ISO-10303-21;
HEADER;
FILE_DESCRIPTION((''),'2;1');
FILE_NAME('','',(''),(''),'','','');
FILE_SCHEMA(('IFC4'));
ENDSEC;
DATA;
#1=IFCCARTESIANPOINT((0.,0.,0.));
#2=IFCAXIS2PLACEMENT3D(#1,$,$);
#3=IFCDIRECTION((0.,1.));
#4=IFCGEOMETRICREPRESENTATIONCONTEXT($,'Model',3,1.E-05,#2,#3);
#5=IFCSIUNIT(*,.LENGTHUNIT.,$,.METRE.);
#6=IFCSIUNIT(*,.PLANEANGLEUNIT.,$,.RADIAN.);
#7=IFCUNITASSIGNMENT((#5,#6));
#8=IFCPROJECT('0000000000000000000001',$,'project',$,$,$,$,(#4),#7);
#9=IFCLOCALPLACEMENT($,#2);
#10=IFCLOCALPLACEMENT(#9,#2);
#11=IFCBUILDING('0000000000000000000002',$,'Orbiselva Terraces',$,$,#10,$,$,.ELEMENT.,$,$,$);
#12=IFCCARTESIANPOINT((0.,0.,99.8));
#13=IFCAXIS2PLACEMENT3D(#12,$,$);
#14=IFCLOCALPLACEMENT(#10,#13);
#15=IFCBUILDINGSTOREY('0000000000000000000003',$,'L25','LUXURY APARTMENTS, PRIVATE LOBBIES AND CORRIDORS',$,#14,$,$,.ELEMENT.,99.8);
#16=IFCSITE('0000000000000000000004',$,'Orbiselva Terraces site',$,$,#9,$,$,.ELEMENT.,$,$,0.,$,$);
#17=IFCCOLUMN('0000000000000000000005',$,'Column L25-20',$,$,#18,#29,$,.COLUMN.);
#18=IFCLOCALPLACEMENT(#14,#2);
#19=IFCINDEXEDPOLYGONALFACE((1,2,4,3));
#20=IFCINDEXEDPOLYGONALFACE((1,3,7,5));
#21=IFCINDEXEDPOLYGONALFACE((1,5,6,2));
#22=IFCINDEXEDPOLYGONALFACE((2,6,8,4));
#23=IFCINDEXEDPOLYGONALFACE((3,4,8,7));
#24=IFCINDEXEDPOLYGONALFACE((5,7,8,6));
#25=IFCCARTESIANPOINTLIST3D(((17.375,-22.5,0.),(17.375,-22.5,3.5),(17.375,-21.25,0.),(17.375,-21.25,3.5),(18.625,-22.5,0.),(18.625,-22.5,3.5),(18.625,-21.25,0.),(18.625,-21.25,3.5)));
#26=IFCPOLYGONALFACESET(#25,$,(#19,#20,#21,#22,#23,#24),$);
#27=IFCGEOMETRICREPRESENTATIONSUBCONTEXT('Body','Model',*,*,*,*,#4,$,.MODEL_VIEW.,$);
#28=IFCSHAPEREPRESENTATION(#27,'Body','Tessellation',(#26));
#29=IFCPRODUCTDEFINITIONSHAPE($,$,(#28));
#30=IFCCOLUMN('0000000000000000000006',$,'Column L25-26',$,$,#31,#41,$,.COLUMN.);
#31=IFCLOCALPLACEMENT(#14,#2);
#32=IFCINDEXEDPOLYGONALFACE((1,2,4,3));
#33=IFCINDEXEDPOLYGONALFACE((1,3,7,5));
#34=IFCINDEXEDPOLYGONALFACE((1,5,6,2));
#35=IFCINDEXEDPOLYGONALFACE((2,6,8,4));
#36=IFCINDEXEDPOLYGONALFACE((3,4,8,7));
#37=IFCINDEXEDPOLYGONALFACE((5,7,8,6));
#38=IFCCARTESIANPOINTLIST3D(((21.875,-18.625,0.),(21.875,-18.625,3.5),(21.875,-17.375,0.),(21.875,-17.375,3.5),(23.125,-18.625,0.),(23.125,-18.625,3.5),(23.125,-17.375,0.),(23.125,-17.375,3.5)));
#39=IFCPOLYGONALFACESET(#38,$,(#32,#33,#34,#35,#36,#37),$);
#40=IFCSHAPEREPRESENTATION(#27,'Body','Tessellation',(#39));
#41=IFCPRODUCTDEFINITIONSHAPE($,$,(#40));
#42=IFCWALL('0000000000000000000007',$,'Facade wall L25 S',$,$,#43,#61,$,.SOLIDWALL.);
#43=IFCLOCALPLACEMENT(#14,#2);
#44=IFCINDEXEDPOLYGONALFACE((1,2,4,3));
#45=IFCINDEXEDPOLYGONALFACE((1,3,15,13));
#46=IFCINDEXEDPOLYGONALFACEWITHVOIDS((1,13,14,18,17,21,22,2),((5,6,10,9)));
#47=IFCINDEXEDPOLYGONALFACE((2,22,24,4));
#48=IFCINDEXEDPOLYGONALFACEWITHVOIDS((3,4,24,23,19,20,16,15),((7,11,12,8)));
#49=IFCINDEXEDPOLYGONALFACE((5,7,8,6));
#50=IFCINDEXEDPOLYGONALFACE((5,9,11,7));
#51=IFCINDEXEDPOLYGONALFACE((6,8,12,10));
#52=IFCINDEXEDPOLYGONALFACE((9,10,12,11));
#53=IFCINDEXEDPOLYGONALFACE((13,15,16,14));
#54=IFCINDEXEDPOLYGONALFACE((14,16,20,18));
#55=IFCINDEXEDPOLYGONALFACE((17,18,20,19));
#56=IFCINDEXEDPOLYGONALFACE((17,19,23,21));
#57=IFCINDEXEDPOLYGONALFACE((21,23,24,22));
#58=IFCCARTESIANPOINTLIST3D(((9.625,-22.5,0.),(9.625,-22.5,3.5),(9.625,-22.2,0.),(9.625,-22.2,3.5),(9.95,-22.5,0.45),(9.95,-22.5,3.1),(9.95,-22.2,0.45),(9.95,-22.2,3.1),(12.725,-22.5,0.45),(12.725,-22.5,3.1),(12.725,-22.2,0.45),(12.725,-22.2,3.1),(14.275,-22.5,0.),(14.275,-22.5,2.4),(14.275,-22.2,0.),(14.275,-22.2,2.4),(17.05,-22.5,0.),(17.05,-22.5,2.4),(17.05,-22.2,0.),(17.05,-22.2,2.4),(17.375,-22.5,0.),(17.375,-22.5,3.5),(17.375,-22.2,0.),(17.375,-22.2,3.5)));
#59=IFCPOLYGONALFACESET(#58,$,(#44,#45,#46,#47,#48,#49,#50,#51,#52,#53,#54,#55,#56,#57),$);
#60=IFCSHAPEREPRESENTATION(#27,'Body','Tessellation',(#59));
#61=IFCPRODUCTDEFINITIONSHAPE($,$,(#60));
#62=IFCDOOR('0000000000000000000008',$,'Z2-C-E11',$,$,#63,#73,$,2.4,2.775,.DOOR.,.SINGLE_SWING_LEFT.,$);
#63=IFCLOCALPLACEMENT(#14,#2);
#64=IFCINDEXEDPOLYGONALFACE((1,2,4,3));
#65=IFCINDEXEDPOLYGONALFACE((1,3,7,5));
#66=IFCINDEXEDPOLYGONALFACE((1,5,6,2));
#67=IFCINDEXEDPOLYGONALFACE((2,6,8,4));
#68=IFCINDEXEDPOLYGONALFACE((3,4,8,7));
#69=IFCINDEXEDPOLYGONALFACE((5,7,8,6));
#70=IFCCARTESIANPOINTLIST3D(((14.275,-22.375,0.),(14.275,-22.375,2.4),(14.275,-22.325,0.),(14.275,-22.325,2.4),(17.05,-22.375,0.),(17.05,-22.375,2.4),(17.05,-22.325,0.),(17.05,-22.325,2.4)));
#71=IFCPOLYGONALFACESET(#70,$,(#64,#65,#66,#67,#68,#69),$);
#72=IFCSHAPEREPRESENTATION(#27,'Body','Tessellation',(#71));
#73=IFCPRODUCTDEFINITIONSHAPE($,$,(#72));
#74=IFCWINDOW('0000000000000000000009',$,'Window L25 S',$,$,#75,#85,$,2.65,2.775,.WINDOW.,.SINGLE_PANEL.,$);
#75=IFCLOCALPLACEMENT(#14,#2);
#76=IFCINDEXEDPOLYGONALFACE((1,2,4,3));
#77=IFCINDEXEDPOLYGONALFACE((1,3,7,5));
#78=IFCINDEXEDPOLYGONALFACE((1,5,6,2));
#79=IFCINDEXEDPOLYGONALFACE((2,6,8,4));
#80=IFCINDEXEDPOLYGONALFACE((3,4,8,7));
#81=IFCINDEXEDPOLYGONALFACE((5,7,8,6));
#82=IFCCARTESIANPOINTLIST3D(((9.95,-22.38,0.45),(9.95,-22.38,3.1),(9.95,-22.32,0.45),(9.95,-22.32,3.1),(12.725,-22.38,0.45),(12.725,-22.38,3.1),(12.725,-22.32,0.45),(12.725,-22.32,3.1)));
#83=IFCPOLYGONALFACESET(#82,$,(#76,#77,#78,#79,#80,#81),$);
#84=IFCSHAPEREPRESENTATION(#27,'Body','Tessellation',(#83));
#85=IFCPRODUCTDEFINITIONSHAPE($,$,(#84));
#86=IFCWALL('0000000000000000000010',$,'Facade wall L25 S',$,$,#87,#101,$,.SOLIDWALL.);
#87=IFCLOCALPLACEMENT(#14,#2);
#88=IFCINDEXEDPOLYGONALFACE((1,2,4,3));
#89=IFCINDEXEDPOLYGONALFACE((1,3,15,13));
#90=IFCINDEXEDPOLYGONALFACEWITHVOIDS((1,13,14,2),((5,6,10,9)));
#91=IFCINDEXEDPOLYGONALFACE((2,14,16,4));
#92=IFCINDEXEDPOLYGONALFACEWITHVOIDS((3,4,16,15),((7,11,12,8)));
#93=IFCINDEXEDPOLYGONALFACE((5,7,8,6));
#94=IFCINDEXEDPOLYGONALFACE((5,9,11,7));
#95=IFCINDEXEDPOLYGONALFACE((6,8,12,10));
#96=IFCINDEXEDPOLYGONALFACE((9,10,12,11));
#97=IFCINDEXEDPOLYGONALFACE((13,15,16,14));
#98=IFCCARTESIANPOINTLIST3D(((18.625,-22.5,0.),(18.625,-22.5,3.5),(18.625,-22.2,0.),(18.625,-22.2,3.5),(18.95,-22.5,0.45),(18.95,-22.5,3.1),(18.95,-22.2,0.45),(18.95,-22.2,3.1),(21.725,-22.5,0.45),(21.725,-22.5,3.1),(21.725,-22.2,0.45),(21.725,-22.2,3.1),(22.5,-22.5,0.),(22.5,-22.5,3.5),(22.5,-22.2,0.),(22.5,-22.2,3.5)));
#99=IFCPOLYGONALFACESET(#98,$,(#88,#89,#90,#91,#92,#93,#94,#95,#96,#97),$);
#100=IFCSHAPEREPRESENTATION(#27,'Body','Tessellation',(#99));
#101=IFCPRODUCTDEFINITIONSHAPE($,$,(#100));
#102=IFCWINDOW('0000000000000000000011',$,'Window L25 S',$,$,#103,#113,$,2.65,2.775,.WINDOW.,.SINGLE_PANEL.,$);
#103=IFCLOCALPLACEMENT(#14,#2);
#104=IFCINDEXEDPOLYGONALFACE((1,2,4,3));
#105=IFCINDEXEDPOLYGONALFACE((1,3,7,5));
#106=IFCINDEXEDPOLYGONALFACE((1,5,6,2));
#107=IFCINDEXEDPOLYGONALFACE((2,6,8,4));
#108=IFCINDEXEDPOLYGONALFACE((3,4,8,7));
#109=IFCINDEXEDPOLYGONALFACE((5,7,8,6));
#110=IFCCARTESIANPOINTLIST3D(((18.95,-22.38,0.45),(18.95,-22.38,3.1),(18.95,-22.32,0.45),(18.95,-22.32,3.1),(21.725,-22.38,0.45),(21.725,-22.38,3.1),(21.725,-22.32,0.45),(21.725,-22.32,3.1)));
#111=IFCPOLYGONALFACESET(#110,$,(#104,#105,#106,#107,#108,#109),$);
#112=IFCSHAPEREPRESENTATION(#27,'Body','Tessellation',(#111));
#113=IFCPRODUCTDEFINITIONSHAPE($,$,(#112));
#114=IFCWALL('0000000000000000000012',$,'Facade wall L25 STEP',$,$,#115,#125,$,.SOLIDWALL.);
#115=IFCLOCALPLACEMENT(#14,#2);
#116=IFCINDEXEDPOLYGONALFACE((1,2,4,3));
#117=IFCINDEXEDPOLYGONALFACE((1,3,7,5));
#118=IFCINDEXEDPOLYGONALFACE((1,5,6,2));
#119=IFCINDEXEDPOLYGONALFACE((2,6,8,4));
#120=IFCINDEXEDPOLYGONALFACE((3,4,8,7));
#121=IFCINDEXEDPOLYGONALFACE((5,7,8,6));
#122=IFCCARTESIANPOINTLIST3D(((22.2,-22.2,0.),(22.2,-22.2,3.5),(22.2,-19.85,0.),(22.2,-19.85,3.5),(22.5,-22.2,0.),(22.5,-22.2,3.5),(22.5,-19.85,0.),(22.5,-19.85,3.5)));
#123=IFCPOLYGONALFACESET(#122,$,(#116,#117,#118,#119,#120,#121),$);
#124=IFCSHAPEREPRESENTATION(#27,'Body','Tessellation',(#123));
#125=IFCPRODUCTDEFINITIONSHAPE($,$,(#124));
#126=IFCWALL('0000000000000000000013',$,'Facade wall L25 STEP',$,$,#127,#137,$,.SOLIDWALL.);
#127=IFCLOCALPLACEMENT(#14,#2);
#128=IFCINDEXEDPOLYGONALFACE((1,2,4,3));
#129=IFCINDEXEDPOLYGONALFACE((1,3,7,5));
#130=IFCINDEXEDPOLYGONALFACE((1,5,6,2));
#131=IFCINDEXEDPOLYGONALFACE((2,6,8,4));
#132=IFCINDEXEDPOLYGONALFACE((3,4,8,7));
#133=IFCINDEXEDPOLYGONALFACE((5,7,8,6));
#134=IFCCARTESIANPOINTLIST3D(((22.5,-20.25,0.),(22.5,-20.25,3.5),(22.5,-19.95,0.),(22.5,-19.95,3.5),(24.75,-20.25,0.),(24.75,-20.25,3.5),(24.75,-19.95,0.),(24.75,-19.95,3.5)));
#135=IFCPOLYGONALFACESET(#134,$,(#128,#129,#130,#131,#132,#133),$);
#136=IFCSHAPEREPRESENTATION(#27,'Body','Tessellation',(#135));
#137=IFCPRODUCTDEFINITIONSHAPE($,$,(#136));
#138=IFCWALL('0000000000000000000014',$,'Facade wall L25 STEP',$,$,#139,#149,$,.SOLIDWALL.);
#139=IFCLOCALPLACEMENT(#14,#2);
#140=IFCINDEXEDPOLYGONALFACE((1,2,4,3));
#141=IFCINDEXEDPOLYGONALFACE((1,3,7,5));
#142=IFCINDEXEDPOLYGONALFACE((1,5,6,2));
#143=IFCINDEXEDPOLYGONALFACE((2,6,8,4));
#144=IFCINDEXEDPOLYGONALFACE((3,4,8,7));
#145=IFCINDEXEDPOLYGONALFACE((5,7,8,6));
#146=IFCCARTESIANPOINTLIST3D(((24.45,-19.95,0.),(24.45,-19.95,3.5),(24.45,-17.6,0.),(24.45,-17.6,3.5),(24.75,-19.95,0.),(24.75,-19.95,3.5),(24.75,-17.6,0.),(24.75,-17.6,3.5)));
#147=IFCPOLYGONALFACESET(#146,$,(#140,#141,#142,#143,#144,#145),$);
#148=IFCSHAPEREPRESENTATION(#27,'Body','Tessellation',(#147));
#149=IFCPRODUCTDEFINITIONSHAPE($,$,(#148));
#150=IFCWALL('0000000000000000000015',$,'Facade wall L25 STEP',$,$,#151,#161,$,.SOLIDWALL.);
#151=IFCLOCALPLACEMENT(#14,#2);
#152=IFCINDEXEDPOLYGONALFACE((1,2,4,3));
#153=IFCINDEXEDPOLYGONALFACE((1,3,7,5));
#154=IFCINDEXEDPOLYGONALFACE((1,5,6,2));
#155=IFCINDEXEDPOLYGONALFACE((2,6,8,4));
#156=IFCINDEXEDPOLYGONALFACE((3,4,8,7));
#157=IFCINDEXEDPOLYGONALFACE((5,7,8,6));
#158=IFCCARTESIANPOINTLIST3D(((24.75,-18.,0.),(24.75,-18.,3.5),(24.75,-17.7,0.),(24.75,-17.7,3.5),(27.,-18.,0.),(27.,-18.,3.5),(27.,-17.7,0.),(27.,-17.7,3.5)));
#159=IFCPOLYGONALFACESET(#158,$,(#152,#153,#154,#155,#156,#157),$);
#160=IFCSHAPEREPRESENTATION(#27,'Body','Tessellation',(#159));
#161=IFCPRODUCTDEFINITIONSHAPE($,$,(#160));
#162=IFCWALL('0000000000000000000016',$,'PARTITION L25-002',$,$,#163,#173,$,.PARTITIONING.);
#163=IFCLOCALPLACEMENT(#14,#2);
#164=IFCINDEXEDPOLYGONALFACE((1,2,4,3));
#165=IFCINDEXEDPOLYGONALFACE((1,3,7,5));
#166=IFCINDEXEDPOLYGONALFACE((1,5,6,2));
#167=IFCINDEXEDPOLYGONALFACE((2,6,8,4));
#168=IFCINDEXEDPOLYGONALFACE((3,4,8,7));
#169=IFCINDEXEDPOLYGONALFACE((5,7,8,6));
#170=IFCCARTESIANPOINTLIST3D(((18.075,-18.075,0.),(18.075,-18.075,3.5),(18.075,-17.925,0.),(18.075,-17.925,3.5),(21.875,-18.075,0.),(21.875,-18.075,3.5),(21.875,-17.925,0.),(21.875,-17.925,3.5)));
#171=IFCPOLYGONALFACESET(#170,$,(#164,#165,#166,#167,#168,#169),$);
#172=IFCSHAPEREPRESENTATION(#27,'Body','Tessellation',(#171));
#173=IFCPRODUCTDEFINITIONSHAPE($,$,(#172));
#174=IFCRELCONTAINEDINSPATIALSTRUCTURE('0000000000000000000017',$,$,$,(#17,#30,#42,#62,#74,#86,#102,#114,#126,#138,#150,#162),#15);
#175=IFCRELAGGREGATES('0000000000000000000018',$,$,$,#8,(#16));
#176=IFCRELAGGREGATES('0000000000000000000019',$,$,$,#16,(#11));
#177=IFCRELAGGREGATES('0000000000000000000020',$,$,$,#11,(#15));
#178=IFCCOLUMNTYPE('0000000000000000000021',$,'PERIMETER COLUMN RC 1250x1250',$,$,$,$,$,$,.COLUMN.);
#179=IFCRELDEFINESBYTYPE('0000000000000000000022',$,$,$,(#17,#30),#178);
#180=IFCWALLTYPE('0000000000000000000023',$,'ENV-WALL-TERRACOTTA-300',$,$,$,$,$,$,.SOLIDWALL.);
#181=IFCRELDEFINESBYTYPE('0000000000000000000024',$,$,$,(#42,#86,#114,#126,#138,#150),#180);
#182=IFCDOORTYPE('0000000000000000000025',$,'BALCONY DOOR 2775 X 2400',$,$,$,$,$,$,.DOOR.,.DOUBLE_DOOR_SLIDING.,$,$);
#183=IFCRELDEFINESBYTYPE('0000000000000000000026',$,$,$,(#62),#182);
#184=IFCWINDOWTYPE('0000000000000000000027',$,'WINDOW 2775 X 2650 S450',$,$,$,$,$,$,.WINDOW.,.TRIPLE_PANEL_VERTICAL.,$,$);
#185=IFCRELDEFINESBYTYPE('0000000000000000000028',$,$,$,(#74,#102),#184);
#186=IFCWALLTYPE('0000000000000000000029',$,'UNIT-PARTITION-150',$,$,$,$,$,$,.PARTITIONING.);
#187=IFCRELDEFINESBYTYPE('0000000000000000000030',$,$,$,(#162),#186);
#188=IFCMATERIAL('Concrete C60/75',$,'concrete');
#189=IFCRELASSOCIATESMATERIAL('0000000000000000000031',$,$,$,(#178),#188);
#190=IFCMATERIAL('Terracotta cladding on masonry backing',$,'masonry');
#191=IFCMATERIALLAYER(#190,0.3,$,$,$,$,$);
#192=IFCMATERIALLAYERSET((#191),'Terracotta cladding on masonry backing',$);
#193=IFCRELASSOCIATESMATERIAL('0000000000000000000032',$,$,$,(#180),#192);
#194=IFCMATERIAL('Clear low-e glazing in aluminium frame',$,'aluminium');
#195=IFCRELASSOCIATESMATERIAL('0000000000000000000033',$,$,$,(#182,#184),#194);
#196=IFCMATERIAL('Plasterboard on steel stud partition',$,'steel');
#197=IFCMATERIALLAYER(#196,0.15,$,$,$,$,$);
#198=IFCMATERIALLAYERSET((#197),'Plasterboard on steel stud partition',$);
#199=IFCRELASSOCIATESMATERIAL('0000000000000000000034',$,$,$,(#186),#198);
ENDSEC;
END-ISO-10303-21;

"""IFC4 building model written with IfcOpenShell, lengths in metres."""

from ifc_helpers import new_model, si_unit, direction, frame, frame_2d, origin, origin_2d, place, context, subcontext, project, spatial, rectangle, extrude, material, layer, layer_set, material_profile, profile_set, type_object, element, fill, save


model = new_model("IFC4")

# Units and contexts
model_context = context("Model", 3, precision=1e-05, world=origin(), true_north=direction((0.0, 1.0)))
body_context = subcontext(model_context, "Body", "Model", "MODEL_VIEW")
ifc_project = project(units=[si_unit("LENGTHUNIT", "METRE"), si_unit("PLANEANGLEUNIT", "RADIAN")], contexts=[model_context])

# Site, building, storey
site_placement = place(None, origin())
site = spatial("IfcSite", under=ifc_project, at=site_placement, Name="Orbiselva Terraces site", CompositionType="ELEMENT", RefElevation=0.0)
building_placement = place(site_placement, origin())
building = spatial("IfcBuilding", under=site, at=building_placement, Name="Orbiselva Terraces", CompositionType="ELEMENT")
storey_placement = place(building_placement, frame((0.0, 0.0, 99.8)))
storey = spatial("IfcBuildingStorey", under=building, at=storey_placement, Name="L25", Description="LUXURY APARTMENTS, PRIVATE LOBBIES AND CORRIDORS", CompositionType="ELEMENT", Elevation=99.8)

# Columns
ifc_material_1 = material(Name="Concrete C60/75", Category="concrete")
ifc_material_profile = material_profile(ifc_material_1, rectangle(XDim=1.25, YDim=1.25, at=origin_2d()), Name="RC 1250x1250")
ifc_profile_set = profile_set([ifc_material_profile], Name="Concrete C60/75")
column_type = type_object("IfcColumnType", Name="PERIMETER COLUMN RC 1250x1250", PredefinedType="COLUMN", material=ifc_profile_set)
for number, where, z_axis, x_axis, name in (
    (1, (18.0, -21.875, 0.0), (0.0, 0.0, 1.0), (1.0, 0.0, 0.0), "Column L25-20"),
    (2, (22.5, -18.0, 0.0), (0.0, 0.0, 1.0), (1.0, 0.0, 0.0), "Column L25-26"),
):
    element("IfcColumn", number, at=place(storey_placement, frame(where, z_axis=z_axis, x_axis=x_axis)), inside=storey, type_object=column_type, Name=name, PredefinedType="COLUMN", context=body_context, shape_type="SweptSolid", body=[
        extrude(rectangle(XDim=1.25, YDim=1.25, at=origin_2d()), origin(), (0.0, 0.0, 1.0), 3.5),
    ])

# Wall, openings, door, window
ifc_material_2 = material(Name="Terracotta cladding on masonry backing", Category="masonry")
ifc_layer_1 = layer(ifc_material_2, 0.3)
ifc_layer_set_1 = layer_set([ifc_layer_1], Name="Terracotta cladding on masonry backing")
wall_type_1 = type_object("IfcWallType", Name="ENV-WALL-TERRACOTTA-300", PredefinedType="SOLIDWALL", material=ifc_layer_set_1)
wall_1_placement = place(storey_placement, frame((17.375, -22.35, 0.0), z_axis=(0.0, 0.0, 1.0), x_axis=(-1.0, 0.0, 0.0)))
wall_1 = element("IfcWall", 3, at=wall_1_placement, inside=storey, type_object=wall_type_1, Name="Facade wall L25 S", PredefinedType="SOLIDWALL", context=body_context, shape_type="SweptSolid", body=[
    extrude(rectangle(XDim=7.75, YDim=0.3, at=frame_2d((3.875, 0.0))), origin(), (0.0, 0.0, 1.0), 3.5),
])
opening_1_placement = place(wall_1_placement, frame((4.65, 0.0, 0.45)))
opening_1 = element("IfcOpeningElement", 4, at=opening_1_placement, cuts=wall_1, PredefinedType="OPENING", context=body_context, shape_type="SweptSolid", body=[
    extrude(rectangle(XDim=2.775, YDim=2.65, at=frame_2d((1.3875, 1.325))), frame((0.0, 0.16, 0.0), z_axis=(0.0, -1.0, 0.0), x_axis=(1.0, 0.0, 0.0)), (0.0, 0.0, 1.0), 0.32),
])
opening_2_placement = place(wall_1_placement, frame((0.325, 0.0, 0.0)))
opening_2 = element("IfcOpeningElement", 5, at=opening_2_placement, cuts=wall_1, PredefinedType="OPENING", context=body_context, shape_type="SweptSolid", body=[
    extrude(rectangle(XDim=2.775, YDim=2.4, at=frame_2d((1.3875, 1.2))), frame((0.0, 0.16, 0.0), z_axis=(0.0, -1.0, 0.0), x_axis=(1.0, 0.0, 0.0)), (0.0, 0.0, 1.0), 0.32),
])
ifc_material_3 = material(Name="Clear low-e glazing in aluminium frame", Category="aluminium")
door_type_1 = type_object("IfcDoorType", Name="BALCONY DOOR 2775 X 2400", OperationType="DOUBLE_DOOR_SLIDING", PredefinedType="DOOR", material=ifc_material_3)
door_1_placement = place(opening_2_placement, origin())
door_1 = element("IfcDoor", 6, at=door_1_placement, inside=storey, type_object=door_type_1, Name="Z2-C-E11", OperationType="SINGLE_SWING_LEFT", OverallHeight=2.4, OverallWidth=2.775, PredefinedType="DOOR", context=body_context, shape_type="SweptSolid", body=[
    extrude(rectangle(XDim=2.775, YDim=2.4, at=frame_2d((1.3875, 1.2))), frame((0.0, 0.025, 0.0), z_axis=(0.0, -1.0, 0.0), x_axis=(1.0, 0.0, 0.0)), (0.0, 0.0, 1.0), 0.05),
])
fill(opening_2, door_1)
window_type = type_object("IfcWindowType", Name="WINDOW 2775 X 2650 S450", PartitioningType="TRIPLE_PANEL_VERTICAL", PredefinedType="WINDOW", material=ifc_material_3)
window_1_placement = place(opening_1_placement, origin())
window_1 = element("IfcWindow", 7, at=window_1_placement, inside=storey, type_object=window_type, Name="Window L25 S", OverallHeight=2.65, OverallWidth=2.775, PartitioningType="SINGLE_PANEL", PredefinedType="WINDOW", context=body_context, shape_type="SweptSolid", body=[
    extrude(rectangle(XDim=2.775, YDim=2.65, at=frame_2d((1.3875, 1.325))), frame((0.0, 0.03, 0.0), z_axis=(0.0, -1.0, 0.0), x_axis=(1.0, 0.0, 0.0)), (0.0, 0.0, 1.0), 0.06),
])
fill(opening_1, window_1)

# Wall, opening, window
wall_2_placement = place(storey_placement, frame((22.5, -22.35, 0.0), z_axis=(0.0, 0.0, 1.0), x_axis=(-1.0, 0.0, 0.0)))
wall_2 = element("IfcWall", 8, at=wall_2_placement, inside=storey, type_object=wall_type_1, Name="Facade wall L25 S", PredefinedType="SOLIDWALL", context=body_context, shape_type="SweptSolid", body=[
    extrude(rectangle(XDim=3.875, YDim=0.3, at=frame_2d((1.9375, 0.0))), origin(), (0.0, 0.0, 1.0), 3.5),
])
opening_3_placement = place(wall_2_placement, frame((0.775, 0.0, 0.45)))
opening_3 = element("IfcOpeningElement", 9, at=opening_3_placement, cuts=wall_2, PredefinedType="OPENING", context=body_context, shape_type="SweptSolid", body=[
    extrude(rectangle(XDim=2.775, YDim=2.65, at=frame_2d((1.3875, 1.325))), frame((0.0, 0.16, 0.0), z_axis=(0.0, -1.0, 0.0), x_axis=(1.0, 0.0, 0.0)), (0.0, 0.0, 1.0), 0.32),
])
window_2_placement = place(opening_3_placement, origin())
window_2 = element("IfcWindow", 10, at=window_2_placement, inside=storey, type_object=window_type, Name="Window L25 S", OverallHeight=2.65, OverallWidth=2.775, PartitioningType="SINGLE_PANEL", PredefinedType="WINDOW", context=body_context, shape_type="SweptSolid", body=[
    extrude(rectangle(XDim=2.775, YDim=2.65, at=frame_2d((1.3875, 1.325))), frame((0.0, 0.03, 0.0), z_axis=(0.0, -1.0, 0.0), x_axis=(1.0, 0.0, 0.0)), (0.0, 0.0, 1.0), 0.06),
])
fill(opening_3, window_2)

# Walls
wall_3_placement = place(storey_placement, frame((22.35, -19.85, 0.0), z_axis=(0.0, 0.0, 1.0), x_axis=(0.0, -1.0, 0.0)))
element("IfcWall", 11, at=wall_3_placement, inside=storey, type_object=wall_type_1, Name="Facade wall L25 STEP", PredefinedType="SOLIDWALL", context=body_context, shape_type="SweptSolid", body=[
    extrude(rectangle(XDim=2.35, YDim=0.3, at=frame_2d((1.175, 0.0))), origin(), (0.0, 0.0, 1.0), 3.5),
])
wall_4_placement = place(storey_placement, frame((24.75, -20.1, 0.0), z_axis=(0.0, 0.0, 1.0), x_axis=(-1.0, 0.0, 0.0)))
element("IfcWall", 12, at=wall_4_placement, inside=storey, type_object=wall_type_1, Name="Facade wall L25 STEP", PredefinedType="SOLIDWALL", context=body_context, shape_type="SweptSolid", body=[
    extrude(rectangle(XDim=2.25, YDim=0.3, at=frame_2d((1.125, 0.0))), origin(), (0.0, 0.0, 1.0), 3.5),
])
wall_5_placement = place(storey_placement, frame((24.6, -17.6, 0.0), z_axis=(0.0, 0.0, 1.0), x_axis=(0.0, -1.0, 0.0)))
element("IfcWall", 13, at=wall_5_placement, inside=storey, type_object=wall_type_1, Name="Facade wall L25 STEP", PredefinedType="SOLIDWALL", context=body_context, shape_type="SweptSolid", body=[
    extrude(rectangle(XDim=2.35, YDim=0.3, at=frame_2d((1.175, 0.0))), origin(), (0.0, 0.0, 1.0), 3.5),
])
wall_6_placement = place(storey_placement, frame((27.0, -17.85, 0.0), z_axis=(0.0, 0.0, 1.0), x_axis=(-1.0, 0.0, 0.0)))
element("IfcWall", 14, at=wall_6_placement, inside=storey, type_object=wall_type_1, Name="Facade wall L25 STEP", PredefinedType="SOLIDWALL", context=body_context, shape_type="SweptSolid", body=[
    extrude(rectangle(XDim=2.25, YDim=0.3, at=frame_2d((1.125, 0.0))), origin(), (0.0, 0.0, 1.0), 3.5),
])
ifc_material_4 = material(Name="Plasterboard on steel stud partition", Category="steel")
ifc_layer_2 = layer(ifc_material_4, 0.15)
ifc_layer_set_2 = layer_set([ifc_layer_2], Name="Plasterboard on steel stud partition")
wall_type_2 = type_object("IfcWallType", Name="UNIT-PARTITION-150", PredefinedType="PARTITIONING", material=ifc_layer_set_2)
wall_7_placement = place(storey_placement, frame((18.075, -18.0, 0.0), z_axis=(0.0, 0.0, 1.0), x_axis=(1.0, 0.0, 0.0)))
element("IfcWall", 15, at=wall_7_placement, inside=storey, type_object=wall_type_2, Name="PARTITION L25-002", PredefinedType="PARTITIONING", context=body_context, shape_type="SweptSolid", body=[
    extrude(rectangle(XDim=3.8, YDim=0.15, at=frame_2d((1.9, 0.0))), origin(), (0.0, 0.0, 1.0), 3.5),
])

save(model, "model.ifc")
